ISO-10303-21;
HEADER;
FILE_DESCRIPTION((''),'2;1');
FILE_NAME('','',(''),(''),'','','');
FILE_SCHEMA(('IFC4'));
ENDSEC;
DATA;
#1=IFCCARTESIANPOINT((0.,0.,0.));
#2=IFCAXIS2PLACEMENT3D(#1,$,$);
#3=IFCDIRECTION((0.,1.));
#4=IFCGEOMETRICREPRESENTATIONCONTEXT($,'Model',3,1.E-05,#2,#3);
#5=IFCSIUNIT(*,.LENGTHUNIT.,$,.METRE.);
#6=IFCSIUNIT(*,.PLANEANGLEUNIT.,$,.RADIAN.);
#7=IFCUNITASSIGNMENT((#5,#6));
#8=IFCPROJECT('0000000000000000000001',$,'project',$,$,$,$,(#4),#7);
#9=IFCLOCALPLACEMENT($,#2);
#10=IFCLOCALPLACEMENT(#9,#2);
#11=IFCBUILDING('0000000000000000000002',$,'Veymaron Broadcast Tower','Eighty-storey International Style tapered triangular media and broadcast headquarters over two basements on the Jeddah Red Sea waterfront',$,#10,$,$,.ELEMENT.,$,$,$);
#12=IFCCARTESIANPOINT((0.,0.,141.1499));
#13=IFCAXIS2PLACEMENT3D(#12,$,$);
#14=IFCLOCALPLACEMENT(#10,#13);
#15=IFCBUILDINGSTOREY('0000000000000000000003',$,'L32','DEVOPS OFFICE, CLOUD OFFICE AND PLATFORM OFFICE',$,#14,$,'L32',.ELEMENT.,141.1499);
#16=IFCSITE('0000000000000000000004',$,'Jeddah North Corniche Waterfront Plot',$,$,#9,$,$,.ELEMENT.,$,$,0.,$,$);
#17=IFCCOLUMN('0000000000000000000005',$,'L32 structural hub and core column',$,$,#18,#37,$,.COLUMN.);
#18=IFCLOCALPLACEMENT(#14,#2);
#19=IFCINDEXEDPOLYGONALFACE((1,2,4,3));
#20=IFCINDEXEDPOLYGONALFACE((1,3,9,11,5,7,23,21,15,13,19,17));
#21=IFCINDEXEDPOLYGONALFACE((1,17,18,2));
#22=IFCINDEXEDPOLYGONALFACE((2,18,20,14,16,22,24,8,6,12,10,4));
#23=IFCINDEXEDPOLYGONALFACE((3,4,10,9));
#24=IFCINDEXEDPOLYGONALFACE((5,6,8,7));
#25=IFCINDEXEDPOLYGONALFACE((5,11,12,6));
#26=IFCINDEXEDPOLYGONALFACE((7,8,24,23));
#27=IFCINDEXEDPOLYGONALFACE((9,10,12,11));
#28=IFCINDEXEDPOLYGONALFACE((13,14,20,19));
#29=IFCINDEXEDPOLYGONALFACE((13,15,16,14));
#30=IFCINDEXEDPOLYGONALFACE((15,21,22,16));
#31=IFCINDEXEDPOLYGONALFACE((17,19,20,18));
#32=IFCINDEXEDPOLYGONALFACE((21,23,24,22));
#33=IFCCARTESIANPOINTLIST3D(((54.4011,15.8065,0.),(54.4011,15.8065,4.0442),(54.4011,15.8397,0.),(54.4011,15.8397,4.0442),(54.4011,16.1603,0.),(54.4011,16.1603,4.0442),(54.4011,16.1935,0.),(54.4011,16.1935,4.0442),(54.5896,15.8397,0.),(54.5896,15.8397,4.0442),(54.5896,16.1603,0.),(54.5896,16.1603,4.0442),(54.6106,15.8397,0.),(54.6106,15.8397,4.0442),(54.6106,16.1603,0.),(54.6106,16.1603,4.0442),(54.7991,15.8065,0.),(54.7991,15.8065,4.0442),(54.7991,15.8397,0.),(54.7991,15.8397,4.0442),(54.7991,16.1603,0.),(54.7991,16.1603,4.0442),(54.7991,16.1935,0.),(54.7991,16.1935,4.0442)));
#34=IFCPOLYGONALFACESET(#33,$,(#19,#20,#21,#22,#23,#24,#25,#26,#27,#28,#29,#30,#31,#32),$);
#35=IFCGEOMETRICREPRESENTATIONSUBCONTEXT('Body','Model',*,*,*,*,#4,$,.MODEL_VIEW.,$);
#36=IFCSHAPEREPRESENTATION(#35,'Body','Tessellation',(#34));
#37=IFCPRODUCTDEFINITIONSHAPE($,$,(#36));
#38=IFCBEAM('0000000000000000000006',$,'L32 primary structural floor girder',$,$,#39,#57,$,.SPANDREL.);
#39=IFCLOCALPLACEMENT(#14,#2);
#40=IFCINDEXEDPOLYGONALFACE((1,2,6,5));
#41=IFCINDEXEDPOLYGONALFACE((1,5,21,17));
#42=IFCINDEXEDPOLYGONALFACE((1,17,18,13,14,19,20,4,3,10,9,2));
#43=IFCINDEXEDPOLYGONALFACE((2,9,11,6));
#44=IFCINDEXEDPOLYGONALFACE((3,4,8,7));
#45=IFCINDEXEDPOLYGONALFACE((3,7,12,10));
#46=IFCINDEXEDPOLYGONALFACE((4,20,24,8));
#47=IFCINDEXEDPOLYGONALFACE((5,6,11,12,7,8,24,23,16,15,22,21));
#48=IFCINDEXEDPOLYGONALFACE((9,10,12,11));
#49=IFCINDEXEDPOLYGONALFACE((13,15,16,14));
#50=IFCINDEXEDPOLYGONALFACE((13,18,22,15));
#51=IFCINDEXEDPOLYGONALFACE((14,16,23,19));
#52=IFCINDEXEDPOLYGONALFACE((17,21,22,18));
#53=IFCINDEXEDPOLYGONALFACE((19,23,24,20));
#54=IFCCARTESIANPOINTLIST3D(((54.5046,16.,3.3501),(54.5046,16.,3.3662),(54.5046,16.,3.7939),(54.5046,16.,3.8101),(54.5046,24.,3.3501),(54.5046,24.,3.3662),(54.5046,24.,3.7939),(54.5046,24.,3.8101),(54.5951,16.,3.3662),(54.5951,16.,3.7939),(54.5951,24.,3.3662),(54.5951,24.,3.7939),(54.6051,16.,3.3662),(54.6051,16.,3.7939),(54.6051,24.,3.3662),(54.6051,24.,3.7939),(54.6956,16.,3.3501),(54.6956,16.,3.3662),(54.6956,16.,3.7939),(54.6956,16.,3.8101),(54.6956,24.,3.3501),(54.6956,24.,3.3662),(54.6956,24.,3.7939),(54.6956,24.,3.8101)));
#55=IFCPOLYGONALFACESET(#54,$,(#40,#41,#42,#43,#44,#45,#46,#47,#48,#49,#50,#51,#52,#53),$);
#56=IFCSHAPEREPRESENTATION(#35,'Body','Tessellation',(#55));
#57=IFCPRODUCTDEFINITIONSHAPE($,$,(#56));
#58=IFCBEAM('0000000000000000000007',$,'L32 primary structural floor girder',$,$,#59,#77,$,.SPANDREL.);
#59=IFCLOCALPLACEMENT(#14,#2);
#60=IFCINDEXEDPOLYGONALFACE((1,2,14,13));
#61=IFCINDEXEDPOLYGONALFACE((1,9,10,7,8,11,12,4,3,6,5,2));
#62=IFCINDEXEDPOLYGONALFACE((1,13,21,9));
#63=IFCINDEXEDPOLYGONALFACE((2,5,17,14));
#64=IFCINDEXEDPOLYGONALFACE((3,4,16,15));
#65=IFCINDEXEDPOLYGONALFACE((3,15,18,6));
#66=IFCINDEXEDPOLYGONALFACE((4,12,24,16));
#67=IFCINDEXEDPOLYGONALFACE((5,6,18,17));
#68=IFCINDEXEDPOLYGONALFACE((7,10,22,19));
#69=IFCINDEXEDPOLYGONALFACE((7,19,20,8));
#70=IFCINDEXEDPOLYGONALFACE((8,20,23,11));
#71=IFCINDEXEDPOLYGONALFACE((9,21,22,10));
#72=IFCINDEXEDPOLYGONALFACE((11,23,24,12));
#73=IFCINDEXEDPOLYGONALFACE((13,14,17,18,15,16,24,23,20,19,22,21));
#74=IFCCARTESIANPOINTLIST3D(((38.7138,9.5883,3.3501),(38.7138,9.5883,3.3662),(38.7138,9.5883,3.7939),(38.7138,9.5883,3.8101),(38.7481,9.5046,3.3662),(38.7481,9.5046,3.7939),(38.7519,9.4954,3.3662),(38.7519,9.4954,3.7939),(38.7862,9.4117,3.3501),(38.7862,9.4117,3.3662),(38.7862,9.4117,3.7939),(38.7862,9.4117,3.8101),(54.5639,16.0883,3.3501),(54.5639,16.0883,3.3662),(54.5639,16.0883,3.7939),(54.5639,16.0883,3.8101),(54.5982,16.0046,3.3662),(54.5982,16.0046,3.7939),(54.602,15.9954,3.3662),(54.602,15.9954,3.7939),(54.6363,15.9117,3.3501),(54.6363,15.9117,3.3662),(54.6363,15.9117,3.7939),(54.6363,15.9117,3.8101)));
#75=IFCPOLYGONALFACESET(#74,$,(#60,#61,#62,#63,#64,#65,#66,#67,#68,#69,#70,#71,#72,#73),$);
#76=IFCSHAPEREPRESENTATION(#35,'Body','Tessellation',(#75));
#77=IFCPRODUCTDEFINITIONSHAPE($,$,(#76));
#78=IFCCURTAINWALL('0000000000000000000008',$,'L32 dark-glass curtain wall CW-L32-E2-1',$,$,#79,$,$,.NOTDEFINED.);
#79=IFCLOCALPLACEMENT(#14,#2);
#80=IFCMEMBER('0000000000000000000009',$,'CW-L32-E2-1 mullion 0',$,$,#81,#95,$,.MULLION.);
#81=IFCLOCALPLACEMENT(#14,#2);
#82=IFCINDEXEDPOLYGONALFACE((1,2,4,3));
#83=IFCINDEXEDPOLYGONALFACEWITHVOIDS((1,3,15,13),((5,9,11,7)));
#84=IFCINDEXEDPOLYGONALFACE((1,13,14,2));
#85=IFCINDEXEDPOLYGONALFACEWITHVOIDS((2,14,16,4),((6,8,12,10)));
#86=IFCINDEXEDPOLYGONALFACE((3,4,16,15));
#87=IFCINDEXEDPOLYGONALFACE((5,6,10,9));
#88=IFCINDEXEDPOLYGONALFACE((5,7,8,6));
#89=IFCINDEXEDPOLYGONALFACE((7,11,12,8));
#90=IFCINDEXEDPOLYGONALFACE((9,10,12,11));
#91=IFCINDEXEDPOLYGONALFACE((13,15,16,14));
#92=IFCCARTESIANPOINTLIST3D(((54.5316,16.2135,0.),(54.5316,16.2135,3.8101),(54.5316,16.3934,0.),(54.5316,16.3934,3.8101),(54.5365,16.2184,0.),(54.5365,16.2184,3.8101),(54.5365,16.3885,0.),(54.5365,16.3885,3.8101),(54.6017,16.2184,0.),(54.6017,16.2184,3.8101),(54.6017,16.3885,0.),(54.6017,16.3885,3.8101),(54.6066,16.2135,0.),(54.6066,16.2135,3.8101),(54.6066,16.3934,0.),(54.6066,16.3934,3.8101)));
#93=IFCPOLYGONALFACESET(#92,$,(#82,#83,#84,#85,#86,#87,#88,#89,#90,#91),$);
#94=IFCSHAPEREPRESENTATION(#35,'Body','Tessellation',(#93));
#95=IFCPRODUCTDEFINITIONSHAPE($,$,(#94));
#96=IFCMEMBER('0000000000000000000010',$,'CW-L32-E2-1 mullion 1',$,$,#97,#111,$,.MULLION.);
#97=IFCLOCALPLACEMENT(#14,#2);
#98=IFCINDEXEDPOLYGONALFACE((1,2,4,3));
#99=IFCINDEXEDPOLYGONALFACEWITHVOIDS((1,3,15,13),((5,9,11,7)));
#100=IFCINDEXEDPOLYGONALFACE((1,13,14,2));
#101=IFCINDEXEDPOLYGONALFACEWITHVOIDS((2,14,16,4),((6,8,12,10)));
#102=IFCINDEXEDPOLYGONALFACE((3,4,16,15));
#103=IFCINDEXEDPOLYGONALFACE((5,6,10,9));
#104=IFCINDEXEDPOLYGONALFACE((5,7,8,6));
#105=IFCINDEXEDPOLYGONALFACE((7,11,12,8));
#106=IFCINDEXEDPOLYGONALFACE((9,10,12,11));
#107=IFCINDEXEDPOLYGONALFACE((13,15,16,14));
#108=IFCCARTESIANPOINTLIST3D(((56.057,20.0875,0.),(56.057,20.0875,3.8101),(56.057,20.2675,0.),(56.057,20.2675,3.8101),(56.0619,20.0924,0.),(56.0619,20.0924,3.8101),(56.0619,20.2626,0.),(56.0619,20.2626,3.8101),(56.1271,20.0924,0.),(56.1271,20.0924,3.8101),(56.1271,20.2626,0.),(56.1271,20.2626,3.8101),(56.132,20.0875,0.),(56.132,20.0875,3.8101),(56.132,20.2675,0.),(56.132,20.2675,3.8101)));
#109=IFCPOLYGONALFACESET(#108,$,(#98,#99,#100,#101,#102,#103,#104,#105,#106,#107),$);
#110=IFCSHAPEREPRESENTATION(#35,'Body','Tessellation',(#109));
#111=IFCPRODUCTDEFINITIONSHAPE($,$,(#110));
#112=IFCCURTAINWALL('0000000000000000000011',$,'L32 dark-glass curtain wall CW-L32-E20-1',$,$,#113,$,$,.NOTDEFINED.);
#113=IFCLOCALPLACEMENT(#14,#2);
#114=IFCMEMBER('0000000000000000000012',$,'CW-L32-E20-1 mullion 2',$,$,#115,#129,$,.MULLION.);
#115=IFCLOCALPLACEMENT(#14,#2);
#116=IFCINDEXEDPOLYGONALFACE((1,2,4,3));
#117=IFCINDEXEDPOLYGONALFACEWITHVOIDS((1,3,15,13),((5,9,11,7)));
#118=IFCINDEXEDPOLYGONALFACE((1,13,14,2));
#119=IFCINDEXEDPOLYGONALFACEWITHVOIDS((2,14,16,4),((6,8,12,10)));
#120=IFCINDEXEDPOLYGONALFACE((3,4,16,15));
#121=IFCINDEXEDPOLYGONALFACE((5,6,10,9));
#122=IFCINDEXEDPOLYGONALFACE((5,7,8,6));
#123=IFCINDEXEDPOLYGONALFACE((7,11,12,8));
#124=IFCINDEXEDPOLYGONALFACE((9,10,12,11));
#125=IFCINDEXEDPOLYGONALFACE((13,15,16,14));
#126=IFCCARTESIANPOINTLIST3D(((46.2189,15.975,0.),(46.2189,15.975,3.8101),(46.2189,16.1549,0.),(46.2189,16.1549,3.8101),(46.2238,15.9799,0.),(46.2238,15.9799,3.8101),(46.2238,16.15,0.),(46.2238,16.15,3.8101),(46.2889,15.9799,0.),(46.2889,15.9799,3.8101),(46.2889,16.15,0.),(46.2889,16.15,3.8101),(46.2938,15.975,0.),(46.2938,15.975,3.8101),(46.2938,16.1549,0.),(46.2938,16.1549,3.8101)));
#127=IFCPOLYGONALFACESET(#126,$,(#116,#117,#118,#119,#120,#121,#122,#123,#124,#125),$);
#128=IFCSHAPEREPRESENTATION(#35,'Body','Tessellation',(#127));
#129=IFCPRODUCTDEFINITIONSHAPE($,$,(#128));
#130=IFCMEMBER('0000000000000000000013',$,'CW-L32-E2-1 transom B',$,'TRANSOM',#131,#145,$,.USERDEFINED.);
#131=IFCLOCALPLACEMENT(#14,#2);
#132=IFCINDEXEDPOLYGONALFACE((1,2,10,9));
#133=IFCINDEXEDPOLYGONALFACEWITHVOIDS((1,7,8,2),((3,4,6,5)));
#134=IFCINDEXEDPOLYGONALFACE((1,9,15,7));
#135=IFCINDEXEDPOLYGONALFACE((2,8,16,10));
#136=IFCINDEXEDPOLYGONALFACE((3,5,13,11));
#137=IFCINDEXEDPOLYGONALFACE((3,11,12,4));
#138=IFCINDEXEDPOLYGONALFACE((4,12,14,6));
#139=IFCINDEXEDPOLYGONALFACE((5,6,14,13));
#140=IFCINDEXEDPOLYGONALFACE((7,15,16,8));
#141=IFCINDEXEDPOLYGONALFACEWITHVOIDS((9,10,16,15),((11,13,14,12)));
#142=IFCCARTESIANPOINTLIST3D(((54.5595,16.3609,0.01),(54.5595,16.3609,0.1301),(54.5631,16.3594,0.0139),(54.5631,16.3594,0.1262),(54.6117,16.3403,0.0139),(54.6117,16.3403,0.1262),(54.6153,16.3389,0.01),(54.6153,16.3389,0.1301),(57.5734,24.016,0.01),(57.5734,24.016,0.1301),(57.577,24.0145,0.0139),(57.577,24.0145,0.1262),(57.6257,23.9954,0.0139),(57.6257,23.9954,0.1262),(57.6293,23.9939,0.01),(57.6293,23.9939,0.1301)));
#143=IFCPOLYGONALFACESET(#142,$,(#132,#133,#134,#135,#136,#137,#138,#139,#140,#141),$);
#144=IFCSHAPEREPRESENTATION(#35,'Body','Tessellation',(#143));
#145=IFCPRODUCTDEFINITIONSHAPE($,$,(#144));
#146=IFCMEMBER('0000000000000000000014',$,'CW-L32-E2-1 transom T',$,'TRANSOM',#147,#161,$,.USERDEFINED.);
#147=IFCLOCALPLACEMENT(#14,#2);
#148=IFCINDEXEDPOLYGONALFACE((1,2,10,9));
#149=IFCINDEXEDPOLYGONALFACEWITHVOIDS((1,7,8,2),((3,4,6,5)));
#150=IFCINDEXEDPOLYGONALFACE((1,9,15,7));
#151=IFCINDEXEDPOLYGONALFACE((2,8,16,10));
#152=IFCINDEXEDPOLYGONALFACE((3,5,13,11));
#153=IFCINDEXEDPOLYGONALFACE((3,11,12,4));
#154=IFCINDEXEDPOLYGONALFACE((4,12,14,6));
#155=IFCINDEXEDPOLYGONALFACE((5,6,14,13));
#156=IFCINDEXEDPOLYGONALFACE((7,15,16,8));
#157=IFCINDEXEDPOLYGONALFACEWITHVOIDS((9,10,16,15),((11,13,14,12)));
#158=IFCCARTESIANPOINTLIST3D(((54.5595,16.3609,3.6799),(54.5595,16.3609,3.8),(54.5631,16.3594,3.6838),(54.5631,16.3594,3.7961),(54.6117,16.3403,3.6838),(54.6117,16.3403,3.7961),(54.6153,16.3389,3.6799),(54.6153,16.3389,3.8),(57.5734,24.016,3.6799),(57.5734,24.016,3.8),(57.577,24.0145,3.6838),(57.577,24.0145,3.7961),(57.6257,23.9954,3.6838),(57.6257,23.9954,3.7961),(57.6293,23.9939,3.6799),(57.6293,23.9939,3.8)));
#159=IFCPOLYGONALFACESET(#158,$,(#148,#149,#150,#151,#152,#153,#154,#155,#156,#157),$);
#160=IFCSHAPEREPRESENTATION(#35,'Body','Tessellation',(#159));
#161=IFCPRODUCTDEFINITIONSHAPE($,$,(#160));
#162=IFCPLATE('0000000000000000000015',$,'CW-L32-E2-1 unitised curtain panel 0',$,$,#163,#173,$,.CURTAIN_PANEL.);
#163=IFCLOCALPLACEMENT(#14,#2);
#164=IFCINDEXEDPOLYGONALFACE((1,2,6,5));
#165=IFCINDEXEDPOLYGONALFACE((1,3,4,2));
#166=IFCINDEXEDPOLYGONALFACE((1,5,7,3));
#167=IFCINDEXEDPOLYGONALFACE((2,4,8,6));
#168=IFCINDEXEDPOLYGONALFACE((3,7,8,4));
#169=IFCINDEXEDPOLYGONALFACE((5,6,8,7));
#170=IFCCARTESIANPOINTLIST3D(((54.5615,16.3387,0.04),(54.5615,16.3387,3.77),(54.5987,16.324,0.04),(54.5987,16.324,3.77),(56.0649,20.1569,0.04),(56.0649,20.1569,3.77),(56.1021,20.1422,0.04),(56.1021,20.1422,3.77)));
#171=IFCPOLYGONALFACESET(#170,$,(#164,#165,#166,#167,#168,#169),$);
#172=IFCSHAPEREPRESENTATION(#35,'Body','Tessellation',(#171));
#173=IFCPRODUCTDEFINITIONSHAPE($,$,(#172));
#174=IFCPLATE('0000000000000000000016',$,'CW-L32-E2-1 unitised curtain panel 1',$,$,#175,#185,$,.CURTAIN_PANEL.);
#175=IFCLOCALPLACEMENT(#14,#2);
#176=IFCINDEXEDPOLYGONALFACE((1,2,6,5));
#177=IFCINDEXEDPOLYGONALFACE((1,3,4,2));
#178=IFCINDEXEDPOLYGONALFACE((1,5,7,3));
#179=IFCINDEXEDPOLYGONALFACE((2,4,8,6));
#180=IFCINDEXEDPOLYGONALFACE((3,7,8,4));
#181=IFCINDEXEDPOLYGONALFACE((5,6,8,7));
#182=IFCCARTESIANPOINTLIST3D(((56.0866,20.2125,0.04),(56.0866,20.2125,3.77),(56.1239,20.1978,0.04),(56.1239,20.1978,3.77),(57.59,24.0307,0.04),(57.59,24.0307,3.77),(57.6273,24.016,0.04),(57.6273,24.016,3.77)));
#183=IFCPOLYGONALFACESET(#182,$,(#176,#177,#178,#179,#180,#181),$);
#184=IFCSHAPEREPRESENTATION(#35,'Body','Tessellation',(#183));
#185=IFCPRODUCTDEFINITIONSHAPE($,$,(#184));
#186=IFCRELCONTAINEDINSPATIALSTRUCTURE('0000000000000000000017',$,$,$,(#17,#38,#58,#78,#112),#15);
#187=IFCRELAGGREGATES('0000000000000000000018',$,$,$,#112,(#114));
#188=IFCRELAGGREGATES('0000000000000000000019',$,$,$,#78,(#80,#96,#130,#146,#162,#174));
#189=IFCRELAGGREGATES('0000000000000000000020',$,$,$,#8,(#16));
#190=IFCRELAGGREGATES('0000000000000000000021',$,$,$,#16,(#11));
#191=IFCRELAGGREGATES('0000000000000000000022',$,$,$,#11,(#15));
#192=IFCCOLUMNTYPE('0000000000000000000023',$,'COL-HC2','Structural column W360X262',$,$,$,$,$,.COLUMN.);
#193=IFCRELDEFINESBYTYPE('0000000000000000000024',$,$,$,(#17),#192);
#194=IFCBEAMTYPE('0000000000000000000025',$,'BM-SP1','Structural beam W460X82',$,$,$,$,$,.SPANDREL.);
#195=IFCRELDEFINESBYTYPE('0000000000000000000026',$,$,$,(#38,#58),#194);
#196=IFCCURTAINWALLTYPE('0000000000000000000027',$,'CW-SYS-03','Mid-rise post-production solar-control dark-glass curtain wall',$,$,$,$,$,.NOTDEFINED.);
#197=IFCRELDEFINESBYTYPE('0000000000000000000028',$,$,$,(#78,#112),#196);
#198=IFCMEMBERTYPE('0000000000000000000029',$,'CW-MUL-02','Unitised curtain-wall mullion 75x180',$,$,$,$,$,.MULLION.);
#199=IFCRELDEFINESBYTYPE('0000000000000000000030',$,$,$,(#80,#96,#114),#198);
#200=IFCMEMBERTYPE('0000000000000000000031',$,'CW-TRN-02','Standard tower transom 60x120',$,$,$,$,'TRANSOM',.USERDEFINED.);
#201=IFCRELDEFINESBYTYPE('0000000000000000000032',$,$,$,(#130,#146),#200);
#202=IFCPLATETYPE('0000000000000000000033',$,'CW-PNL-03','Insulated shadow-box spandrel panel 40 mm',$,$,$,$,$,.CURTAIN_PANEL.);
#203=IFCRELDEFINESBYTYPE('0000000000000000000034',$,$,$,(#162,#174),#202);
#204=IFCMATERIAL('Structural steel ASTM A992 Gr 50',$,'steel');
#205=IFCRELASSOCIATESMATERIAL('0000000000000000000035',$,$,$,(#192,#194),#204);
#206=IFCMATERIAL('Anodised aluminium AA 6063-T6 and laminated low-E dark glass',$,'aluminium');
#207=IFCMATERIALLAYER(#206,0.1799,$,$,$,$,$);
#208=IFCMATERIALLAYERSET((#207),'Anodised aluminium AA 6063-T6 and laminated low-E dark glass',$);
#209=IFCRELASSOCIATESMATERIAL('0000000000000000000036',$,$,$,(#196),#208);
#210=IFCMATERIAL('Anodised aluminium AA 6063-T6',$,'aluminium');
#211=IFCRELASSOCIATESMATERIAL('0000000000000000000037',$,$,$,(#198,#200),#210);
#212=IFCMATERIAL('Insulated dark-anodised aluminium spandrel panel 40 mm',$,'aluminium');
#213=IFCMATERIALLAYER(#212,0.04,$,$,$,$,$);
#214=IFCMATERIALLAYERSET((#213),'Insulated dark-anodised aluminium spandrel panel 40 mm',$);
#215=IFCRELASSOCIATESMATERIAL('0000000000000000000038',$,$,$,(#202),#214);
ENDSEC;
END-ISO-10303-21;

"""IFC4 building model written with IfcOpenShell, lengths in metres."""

from ifc_helpers import new_model, si_unit, direction, frame, origin, origin_2d, place, context, subcontext, project, spatial, rectangle, hollow_rectangle, i_section, extrude, material, layer, layer_set, material_profile, profile_set, type_object, element, aggregate, save


model = new_model("IFC4")

# Units and contexts
model_context = context("Model", 3, precision=1e-05, world=origin(), true_north=direction((0.0, 1.0)))
body_context = subcontext(model_context, "Body", "Model", "MODEL_VIEW")
ifc_project = project(units=[si_unit("LENGTHUNIT", "METRE"), si_unit("PLANEANGLEUNIT", "RADIAN")], contexts=[model_context])

# Site, building, storey
site_placement = place(None, origin())
site = spatial("IfcSite", under=ifc_project, at=site_placement, Name="Jeddah North Corniche Waterfront Plot", CompositionType="ELEMENT", RefElevation=0.0)
building_placement = place(site_placement, origin())
building = spatial("IfcBuilding", under=site, at=building_placement, Name="Veymaron Broadcast Tower", Description="Eighty-storey International Style tapered triangular media and broadcast headquarters over two basements on the Jeddah Red Sea waterfront", CompositionType="ELEMENT")
storey_placement = place(building_placement, frame((0.0, 0.0, 141.1499)))
storey = spatial("IfcBuildingStorey", under=building, at=storey_placement, Name="L32", Description="DEVOPS OFFICE, CLOUD OFFICE AND PLATFORM OFFICE", LongName="L32", CompositionType="ELEMENT", Elevation=141.1499)

# Column
ifc_material_1 = material(Name="Structural steel ASTM A992 Gr 50", Category="steel")
ifc_material_profile_1 = material_profile(ifc_material_1, i_section(OverallWidth=0.3979, OverallDepth=0.387, WebThickness=0.021, FlangeThickness=0.0332, at=origin_2d()), Name="W360X262")
ifc_profile_set_1 = profile_set([ifc_material_profile_1], Name="Structural steel ASTM A992 Gr 50")
column_type = type_object("IfcColumnType", Name="COL-HC2", Description="Structural column W360X262", PredefinedType="COLUMN", material=ifc_profile_set_1)
column_placement = place(storey_placement, frame((54.6001, 16.0, 0.0), z_axis=(0.0, 0.0, 1.0), x_axis=(1.0, 0.0, 0.0)))
element("IfcColumn", 1, at=column_placement, inside=storey, type_object=column_type, Name="L32 structural hub and core column", PredefinedType="COLUMN", context=body_context, shape_type="SweptSolid", body=[
    extrude(i_section(OverallWidth=0.3979, OverallDepth=0.387, WebThickness=0.021, FlangeThickness=0.0332, at=origin_2d()), origin(), (0.0, 0.0, 1.0), 4.0442),
])

# Beams
ifc_material_profile_2 = material_profile(ifc_material_1, i_section(OverallWidth=0.1909, OverallDepth=0.46, WebThickness=0.01, FlangeThickness=0.0161, at=origin_2d()), Name="W460X82")
ifc_profile_set_2 = profile_set([ifc_material_profile_2], Name="Structural steel ASTM A992 Gr 50")
beam_type = type_object("IfcBeamType", Name="BM-SP1", Description="Structural beam W460X82", PredefinedType="SPANDREL", material=ifc_profile_set_2)
beam_1_placement = place(storey_placement, frame((54.6001, 16.0, 3.5801), z_axis=(0.0, 1.0, 0.0), x_axis=(-1.0, 0.0, 0.0)))
element("IfcBeam", 2, at=beam_1_placement, inside=storey, type_object=beam_type, Name="L32 primary structural floor girder", PredefinedType="SPANDREL", context=body_context, shape_type="SweptSolid", body=[
    extrude(i_section(OverallWidth=0.1909, OverallDepth=0.46, WebThickness=0.01, FlangeThickness=0.0161, at=origin_2d()), origin(), (0.0, 0.0, 1.0), 8.0),
])
beam_2_placement = place(storey_placement, frame((54.6001, 16.0, 3.5801), z_axis=(-0.925222, -0.379426, 0.0), x_axis=(0.379426, -0.925222, 0.0)))
element("IfcBeam", 3, at=beam_2_placement, inside=storey, type_object=beam_type, Name="L32 primary structural floor girder", PredefinedType="SPANDREL", context=body_context, shape_type="SweptSolid", body=[
    extrude(i_section(OverallWidth=0.1909, OverallDepth=0.46, WebThickness=0.01, FlangeThickness=0.0161, at=origin_2d()), origin(), (0.0, 0.0, 1.0), 17.1311),
])

# Curtain wall, members
ifc_material_2 = material(Name="Anodised aluminium AA 6063-T6 and laminated low-E dark glass", Category="aluminium")
ifc_layer_1 = layer(ifc_material_2, 0.1799)
ifc_layer_set_1 = layer_set([ifc_layer_1], Name="Anodised aluminium AA 6063-T6 and laminated low-E dark glass")
curtain_wall_type = type_object("IfcCurtainWallType", Name="CW-SYS-03", Description="Mid-rise post-production solar-control dark-glass curtain wall", PredefinedType="NOTDEFINED", material=ifc_layer_set_1)
curtain_wall_1_placement = place(storey_placement, origin())
curtain_wall_1 = element("IfcCurtainWall", 4, at=curtain_wall_1_placement, inside=storey, type_object=curtain_wall_type, Name="L32 dark-glass curtain wall CW-L32-E2-1", PredefinedType="NOTDEFINED")
ifc_material_3 = material(Name="Anodised aluminium AA 6063-T6", Category="aluminium")
ifc_material_profile_3 = material_profile(ifc_material_3, hollow_rectangle(XDim=0.075, YDim=0.1799, WallThickness=0.0049, at=origin_2d()), Name="AL180X75X5")
ifc_profile_set_3 = profile_set([ifc_material_profile_3], Name="Anodised aluminium AA 6063-T6")
member_type_1 = type_object("IfcMemberType", Name="CW-MUL-02", Description="Unitised curtain-wall mullion 75x180", PredefinedType="MULLION", material=ifc_profile_set_3)
member_1_placement = place(storey_placement, frame((54.5691, 16.3035, 0.0), z_axis=(0.0, 0.0, 1.0), x_axis=(1.0, 0.0, 0.0)))
member_1 = element("IfcMember", 5, at=member_1_placement, type_object=member_type_1, Name="CW-L32-E2-1 mullion 0", PredefinedType="MULLION", context=body_context, shape_type="SweptSolid", body=[
    extrude(hollow_rectangle(XDim=0.075, YDim=0.1799, WallThickness=0.0049, at=origin_2d()), origin(), (0.0, 0.0, 1.0), 3.8101),
])
member_2_placement = place(storey_placement, frame((56.0945, 20.1775, 0.0), z_axis=(0.0, 0.0, 1.0), x_axis=(1.0, 0.0, 0.0)))
member_2 = element("IfcMember", 6, at=member_2_placement, type_object=member_type_1, Name="CW-L32-E2-1 mullion 1", PredefinedType="MULLION", context=body_context, shape_type="SweptSolid", body=[
    extrude(hollow_rectangle(XDim=0.075, YDim=0.1799, WallThickness=0.0049, at=origin_2d()), origin(), (0.0, 0.0, 1.0), 3.8101),
])

# Curtain wall, member
curtain_wall_2_placement = place(storey_placement, origin())
curtain_wall_2 = element("IfcCurtainWall", 7, at=curtain_wall_2_placement, inside=storey, type_object=curtain_wall_type, Name="L32 dark-glass curtain wall CW-L32-E20-1", PredefinedType="NOTDEFINED")
member_3_placement = place(storey_placement, frame((46.2563, 16.0649, 0.0), z_axis=(0.0, 0.0, 1.0), x_axis=(1.0, 0.0, 0.0)))
member_3 = element("IfcMember", 8, at=member_3_placement, type_object=member_type_1, Name="CW-L32-E20-1 mullion 2", PredefinedType="MULLION", context=body_context, shape_type="SweptSolid", body=[
    extrude(hollow_rectangle(XDim=0.075, YDim=0.1799, WallThickness=0.0049, at=origin_2d()), origin(), (0.0, 0.0, 1.0), 3.8101),
])
aggregate(curtain_wall_2, [member_3])

# Members
ifc_material_profile_4 = material_profile(ifc_material_3, hollow_rectangle(XDim=0.0601, YDim=0.1201, WallThickness=0.0039, at=origin_2d()), Name="AL120X60X4")
ifc_profile_set_4 = profile_set([ifc_material_profile_4], Name="Anodised aluminium AA 6063-T6")
member_type_2 = type_object("IfcMemberType", Name="CW-TRN-02", Description="Standard tower transom 60x120", ElementType="TRANSOM", PredefinedType="USERDEFINED", material=ifc_profile_set_4)
member_4_placement = place(storey_placement, frame((54.5874, 16.3499, 0.0701), z_axis=(0.366345, 0.930479, 0.0), x_axis=(-0.930479, 0.366345, 0.0)))
member_4 = element("IfcMember", 9, at=member_4_placement, type_object=member_type_2, Name="CW-L32-E2-1 transom B", ObjectType="TRANSOM", PredefinedType="USERDEFINED", context=body_context, shape_type="SweptSolid", body=[
    extrude(hollow_rectangle(XDim=0.0601, YDim=0.1201, WallThickness=0.0039, at=origin_2d()), origin(), (0.0, 0.0, 1.0), 8.2271),
])
member_5_placement = place(storey_placement, frame((54.5874, 16.3499, 3.74), z_axis=(0.366345, 0.930479, 0.0), x_axis=(-0.930479, 0.366345, 0.0)))
member_5 = element("IfcMember", 10, at=member_5_placement, type_object=member_type_2, Name="CW-L32-E2-1 transom T", ObjectType="TRANSOM", PredefinedType="USERDEFINED", context=body_context, shape_type="SweptSolid", body=[
    extrude(hollow_rectangle(XDim=0.0601, YDim=0.1201, WallThickness=0.0039, at=origin_2d()), origin(), (0.0, 0.0, 1.0), 8.2271),
])

# Plates
ifc_material_4 = material(Name="Insulated dark-anodised aluminium spandrel panel 40 mm", Category="aluminium")
ifc_layer_2 = layer(ifc_material_4, 0.04)
ifc_layer_set_2 = layer_set([ifc_layer_2], Name="Insulated dark-anodised aluminium spandrel panel 40 mm")
plate_type = type_object("IfcPlateType", Name="CW-PNL-03", Description="Insulated shadow-box spandrel panel 40 mm", PredefinedType="CURTAIN_PANEL", material=ifc_layer_set_2)
plate_1_placement = place(storey_placement, frame((55.3318, 18.2405, 0.04), z_axis=(0.0, 0.0, 1.0), x_axis=(0.366371, 0.930469, 0.0)))
plate_1 = element("IfcPlate", 11, at=plate_1_placement, type_object=plate_type, Name="CW-L32-E2-1 unitised curtain panel 0", PredefinedType="CURTAIN_PANEL", context=body_context, shape_type="SweptSolid", body=[
    extrude(rectangle(XDim=4.1035, YDim=0.04, at=origin_2d()), origin(), (0.0, 0.0, 1.0), 3.73),
])
plate_2_placement = place(storey_placement, frame((56.8569, 22.1143, 0.04), z_axis=(0.0, 0.0, 1.0), x_axis=(0.366371, 0.930469, 0.0)))
plate_2 = element("IfcPlate", 12, at=plate_2_placement, type_object=plate_type, Name="CW-L32-E2-1 unitised curtain panel 1", PredefinedType="CURTAIN_PANEL", context=body_context, shape_type="SweptSolid", body=[
    extrude(rectangle(XDim=4.1035, YDim=0.04, at=origin_2d()), origin(), (0.0, 0.0, 1.0), 3.73),
])
aggregate(curtain_wall_1, [member_1, member_2, member_4, member_5, plate_1, plate_2])

save(model, "model.ifc")
